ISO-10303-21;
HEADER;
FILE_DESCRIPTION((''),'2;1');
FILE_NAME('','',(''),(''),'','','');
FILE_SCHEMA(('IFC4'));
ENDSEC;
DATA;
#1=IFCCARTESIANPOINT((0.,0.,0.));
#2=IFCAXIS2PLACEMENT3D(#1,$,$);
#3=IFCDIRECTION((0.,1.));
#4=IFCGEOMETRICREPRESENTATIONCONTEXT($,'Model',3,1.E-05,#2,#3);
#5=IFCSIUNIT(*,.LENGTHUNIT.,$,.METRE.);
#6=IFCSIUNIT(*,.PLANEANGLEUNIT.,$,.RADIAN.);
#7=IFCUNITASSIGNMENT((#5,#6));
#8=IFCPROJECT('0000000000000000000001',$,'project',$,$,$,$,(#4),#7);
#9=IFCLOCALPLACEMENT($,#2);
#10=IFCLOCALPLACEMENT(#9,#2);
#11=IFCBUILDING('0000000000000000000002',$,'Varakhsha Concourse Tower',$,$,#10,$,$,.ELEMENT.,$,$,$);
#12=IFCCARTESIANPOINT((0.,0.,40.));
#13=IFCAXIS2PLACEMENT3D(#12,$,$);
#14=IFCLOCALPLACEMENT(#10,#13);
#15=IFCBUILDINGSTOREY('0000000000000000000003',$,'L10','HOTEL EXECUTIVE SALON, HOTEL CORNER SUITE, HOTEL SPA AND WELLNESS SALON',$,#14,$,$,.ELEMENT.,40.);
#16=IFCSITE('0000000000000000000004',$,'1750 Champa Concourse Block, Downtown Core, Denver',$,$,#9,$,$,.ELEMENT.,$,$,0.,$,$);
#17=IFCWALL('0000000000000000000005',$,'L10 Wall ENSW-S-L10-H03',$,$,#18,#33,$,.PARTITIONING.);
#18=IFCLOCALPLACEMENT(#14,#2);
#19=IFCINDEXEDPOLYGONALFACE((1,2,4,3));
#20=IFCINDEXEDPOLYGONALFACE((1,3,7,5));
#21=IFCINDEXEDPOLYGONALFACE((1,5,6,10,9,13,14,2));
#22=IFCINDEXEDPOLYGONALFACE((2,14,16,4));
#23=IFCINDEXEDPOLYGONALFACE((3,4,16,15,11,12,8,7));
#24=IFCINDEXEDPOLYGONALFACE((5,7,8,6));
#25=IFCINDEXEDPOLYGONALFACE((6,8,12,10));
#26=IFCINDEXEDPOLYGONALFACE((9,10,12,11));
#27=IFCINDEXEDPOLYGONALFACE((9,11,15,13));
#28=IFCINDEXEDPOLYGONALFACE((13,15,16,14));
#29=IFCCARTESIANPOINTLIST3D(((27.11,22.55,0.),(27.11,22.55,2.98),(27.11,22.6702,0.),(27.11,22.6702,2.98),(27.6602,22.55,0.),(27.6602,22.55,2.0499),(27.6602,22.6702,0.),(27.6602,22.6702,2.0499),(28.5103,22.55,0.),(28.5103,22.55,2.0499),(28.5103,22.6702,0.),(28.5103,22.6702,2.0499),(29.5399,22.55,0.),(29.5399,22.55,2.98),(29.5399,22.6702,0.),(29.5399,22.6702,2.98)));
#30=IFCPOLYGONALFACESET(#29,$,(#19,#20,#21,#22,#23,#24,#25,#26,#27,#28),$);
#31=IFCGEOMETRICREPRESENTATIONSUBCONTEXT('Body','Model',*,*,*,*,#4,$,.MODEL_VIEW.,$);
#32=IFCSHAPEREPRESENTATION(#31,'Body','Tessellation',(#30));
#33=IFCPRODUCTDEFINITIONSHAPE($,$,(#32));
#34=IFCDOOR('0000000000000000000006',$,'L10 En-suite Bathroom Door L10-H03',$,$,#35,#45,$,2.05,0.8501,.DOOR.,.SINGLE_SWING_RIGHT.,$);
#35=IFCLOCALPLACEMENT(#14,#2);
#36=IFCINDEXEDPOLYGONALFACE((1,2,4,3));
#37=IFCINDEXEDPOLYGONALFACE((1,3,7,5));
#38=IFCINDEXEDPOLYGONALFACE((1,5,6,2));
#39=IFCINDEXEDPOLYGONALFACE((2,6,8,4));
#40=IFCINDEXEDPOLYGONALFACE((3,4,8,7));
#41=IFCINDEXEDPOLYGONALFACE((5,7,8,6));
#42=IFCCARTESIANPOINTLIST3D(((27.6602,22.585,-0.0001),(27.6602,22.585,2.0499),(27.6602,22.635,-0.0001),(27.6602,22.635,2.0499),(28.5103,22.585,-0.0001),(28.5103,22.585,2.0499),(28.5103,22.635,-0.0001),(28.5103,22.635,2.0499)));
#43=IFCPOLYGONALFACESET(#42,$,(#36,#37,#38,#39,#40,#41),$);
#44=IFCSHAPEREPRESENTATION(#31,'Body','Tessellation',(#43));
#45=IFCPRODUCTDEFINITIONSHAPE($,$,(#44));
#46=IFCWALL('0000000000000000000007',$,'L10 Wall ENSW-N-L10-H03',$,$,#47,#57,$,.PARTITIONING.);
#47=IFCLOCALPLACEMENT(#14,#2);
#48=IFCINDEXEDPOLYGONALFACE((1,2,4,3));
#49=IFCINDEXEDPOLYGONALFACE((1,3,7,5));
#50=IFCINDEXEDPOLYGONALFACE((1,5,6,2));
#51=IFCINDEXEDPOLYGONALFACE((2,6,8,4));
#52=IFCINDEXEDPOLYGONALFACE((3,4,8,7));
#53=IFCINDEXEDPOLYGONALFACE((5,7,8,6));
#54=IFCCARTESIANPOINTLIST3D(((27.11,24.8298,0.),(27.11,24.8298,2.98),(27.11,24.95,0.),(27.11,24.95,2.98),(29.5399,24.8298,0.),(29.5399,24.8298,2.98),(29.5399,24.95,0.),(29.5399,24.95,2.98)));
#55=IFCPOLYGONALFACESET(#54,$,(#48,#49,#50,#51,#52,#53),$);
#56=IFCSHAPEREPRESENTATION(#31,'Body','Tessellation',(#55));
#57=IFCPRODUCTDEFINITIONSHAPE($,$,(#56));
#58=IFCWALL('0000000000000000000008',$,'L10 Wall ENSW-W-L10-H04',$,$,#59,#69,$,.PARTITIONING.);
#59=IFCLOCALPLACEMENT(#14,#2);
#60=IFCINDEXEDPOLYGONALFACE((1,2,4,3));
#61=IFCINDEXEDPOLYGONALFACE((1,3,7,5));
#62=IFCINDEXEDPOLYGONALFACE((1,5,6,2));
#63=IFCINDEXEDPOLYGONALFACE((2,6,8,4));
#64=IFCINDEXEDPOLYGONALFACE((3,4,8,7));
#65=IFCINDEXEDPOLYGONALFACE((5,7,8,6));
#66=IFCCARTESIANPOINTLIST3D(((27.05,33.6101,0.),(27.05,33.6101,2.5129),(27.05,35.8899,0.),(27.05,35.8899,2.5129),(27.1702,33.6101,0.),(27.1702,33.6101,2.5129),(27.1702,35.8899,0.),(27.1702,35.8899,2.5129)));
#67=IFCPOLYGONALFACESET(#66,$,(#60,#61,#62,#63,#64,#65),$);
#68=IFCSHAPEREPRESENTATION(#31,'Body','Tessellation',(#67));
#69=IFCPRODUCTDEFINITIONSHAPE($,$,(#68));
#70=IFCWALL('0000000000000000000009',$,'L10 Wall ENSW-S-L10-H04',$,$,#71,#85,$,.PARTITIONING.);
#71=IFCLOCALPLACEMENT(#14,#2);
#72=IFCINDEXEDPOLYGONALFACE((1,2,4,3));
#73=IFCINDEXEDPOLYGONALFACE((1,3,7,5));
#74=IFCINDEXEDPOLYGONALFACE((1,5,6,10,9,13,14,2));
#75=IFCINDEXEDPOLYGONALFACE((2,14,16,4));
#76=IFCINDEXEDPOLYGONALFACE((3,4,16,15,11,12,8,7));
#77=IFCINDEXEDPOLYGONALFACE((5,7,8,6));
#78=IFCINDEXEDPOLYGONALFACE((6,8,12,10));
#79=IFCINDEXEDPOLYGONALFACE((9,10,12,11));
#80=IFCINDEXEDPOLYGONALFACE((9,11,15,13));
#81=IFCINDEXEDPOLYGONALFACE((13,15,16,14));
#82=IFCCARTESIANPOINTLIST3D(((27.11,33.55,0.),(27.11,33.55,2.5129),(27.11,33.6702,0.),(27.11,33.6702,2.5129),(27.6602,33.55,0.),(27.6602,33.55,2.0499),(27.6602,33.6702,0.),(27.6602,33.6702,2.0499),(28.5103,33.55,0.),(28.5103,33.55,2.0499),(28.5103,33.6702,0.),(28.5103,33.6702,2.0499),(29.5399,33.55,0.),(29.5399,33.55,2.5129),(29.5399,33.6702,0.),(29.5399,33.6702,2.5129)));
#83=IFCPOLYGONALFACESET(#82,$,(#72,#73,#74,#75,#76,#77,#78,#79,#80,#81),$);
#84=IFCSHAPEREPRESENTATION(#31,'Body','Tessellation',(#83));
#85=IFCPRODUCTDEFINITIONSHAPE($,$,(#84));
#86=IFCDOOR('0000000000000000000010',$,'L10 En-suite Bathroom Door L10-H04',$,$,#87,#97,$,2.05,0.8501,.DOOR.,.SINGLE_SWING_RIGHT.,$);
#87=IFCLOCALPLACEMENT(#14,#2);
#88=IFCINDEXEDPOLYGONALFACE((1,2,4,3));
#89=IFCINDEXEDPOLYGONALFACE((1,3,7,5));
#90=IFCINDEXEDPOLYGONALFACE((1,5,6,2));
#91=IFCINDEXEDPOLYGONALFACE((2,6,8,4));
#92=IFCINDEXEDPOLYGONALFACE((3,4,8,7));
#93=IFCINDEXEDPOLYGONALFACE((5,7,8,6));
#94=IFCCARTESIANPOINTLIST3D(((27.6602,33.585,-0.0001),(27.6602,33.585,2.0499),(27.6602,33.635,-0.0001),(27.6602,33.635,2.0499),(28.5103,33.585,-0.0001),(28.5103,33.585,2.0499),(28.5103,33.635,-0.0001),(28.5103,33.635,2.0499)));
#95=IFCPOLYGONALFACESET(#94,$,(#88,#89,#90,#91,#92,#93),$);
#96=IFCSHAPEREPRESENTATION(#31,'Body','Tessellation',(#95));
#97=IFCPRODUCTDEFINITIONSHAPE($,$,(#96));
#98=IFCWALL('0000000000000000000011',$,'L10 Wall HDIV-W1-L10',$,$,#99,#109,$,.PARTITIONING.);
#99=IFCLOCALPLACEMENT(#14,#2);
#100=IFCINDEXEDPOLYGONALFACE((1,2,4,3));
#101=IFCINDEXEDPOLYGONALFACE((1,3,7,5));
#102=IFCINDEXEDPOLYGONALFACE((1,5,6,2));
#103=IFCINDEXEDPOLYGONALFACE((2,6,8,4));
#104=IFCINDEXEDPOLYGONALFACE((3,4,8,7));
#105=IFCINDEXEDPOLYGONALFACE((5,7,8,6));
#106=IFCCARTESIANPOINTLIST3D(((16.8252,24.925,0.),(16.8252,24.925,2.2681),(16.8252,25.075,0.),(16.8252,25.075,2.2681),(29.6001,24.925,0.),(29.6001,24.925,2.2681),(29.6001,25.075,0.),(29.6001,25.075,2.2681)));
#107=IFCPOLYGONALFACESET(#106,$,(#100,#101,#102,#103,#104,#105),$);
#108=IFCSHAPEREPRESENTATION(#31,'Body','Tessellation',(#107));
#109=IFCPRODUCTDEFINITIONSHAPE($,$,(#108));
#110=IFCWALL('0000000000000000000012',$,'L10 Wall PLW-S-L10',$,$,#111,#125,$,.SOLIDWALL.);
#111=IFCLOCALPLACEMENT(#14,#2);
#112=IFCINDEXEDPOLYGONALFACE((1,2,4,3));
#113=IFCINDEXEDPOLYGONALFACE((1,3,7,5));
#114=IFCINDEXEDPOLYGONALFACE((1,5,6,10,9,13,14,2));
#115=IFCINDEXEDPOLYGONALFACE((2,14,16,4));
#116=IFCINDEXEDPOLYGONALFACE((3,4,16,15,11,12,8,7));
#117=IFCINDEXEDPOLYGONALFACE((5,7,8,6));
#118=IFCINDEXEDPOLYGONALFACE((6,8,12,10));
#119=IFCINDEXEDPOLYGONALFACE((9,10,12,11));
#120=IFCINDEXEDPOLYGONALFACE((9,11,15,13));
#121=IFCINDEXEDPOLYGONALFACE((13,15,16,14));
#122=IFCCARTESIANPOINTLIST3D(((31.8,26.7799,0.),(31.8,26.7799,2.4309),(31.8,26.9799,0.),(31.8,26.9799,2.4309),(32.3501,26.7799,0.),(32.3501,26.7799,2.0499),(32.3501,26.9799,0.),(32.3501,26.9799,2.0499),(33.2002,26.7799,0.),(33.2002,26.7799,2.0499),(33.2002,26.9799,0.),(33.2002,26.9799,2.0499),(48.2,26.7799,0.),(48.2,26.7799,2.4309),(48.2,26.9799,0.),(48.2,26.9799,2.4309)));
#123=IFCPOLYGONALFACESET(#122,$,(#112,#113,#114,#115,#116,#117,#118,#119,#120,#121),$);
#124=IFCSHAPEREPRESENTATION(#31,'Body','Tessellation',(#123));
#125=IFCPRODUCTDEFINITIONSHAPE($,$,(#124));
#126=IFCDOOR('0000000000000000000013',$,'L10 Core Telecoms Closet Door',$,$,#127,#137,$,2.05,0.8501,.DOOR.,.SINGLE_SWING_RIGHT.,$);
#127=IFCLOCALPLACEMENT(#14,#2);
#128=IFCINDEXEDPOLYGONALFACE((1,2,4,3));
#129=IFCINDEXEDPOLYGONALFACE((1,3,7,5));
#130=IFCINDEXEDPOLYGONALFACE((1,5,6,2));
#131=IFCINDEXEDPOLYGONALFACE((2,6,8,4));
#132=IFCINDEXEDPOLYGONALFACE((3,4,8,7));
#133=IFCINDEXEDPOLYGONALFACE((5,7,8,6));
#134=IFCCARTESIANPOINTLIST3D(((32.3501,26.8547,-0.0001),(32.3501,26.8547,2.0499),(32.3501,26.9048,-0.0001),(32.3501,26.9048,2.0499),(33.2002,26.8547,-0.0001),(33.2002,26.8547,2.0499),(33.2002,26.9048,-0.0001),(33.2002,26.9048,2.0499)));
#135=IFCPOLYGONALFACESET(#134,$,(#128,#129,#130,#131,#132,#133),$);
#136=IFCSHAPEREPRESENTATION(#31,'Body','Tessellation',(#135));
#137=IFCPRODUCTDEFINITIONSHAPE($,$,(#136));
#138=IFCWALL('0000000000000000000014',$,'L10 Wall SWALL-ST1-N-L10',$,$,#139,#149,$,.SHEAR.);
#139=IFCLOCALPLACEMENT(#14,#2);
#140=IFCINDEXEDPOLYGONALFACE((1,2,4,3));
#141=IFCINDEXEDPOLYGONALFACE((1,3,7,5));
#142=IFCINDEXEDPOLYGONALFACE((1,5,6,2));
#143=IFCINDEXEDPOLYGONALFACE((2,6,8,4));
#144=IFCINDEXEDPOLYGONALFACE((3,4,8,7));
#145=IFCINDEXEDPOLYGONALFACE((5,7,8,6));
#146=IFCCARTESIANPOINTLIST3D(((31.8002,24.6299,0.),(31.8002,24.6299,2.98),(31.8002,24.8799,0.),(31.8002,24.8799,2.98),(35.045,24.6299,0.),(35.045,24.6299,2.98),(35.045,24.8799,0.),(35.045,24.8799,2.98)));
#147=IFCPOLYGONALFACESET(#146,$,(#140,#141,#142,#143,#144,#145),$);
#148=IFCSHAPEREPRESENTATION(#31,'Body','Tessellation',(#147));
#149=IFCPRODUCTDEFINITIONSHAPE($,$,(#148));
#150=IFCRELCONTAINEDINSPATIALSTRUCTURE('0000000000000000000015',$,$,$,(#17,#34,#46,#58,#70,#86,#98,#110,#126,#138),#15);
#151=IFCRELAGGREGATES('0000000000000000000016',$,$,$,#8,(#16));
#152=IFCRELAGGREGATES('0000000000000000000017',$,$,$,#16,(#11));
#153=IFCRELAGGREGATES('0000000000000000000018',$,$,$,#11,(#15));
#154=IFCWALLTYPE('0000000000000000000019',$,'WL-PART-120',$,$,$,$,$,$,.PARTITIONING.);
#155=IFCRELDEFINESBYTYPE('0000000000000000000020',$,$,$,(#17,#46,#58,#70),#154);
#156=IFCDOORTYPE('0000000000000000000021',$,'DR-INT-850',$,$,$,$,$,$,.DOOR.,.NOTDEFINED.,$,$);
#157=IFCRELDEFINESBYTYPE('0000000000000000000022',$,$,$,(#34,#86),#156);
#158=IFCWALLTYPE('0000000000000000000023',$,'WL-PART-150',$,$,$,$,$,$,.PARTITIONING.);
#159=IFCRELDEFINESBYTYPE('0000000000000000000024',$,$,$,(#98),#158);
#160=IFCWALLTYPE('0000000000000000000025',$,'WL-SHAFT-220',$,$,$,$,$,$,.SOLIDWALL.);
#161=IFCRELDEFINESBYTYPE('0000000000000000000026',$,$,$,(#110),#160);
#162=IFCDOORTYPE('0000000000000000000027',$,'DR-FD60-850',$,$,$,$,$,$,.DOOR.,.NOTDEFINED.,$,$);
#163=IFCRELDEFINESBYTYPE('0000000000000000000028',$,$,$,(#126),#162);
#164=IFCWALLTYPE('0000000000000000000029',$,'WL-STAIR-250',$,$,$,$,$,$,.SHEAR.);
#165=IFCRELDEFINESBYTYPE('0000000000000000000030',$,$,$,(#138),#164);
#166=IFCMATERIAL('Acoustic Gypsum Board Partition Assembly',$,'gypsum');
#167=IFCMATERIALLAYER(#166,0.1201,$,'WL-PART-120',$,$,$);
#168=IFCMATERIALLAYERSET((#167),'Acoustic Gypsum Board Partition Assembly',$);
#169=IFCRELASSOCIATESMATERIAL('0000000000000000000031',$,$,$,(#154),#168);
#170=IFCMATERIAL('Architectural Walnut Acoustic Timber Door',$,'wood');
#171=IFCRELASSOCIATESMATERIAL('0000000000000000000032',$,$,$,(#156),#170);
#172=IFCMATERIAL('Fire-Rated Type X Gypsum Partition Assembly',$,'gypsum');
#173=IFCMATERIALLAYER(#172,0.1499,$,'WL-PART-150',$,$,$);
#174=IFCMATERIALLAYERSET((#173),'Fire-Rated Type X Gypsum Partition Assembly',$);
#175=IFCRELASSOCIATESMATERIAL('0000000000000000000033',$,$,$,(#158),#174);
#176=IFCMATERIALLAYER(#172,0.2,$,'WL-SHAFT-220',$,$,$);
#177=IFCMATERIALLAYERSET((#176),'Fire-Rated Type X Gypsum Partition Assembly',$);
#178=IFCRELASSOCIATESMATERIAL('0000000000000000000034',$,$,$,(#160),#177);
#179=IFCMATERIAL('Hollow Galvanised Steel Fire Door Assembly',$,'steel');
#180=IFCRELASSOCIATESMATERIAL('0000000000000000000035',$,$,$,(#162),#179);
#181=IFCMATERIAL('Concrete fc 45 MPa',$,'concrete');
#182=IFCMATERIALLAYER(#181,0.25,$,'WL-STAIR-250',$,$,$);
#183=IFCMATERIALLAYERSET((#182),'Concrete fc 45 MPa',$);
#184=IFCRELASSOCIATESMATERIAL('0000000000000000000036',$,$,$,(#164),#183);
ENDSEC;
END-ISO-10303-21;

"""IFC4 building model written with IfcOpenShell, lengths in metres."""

from ifc_helpers import new_model, si_unit, direction, frame, frame_2d, origin, place, context, subcontext, project, spatial, rectangle, extrude, material, layer, layer_set, type_object, element, fill, save


model = new_model("IFC4")

# Units and contexts
model_context = context("Model", 3, precision=1e-05, world=origin(), true_north=direction((0.0, 1.0)))
body_context = subcontext(model_context, "Body", "Model", "MODEL_VIEW")
ifc_project = project(units=[si_unit("LENGTHUNIT", "METRE"), si_unit("PLANEANGLEUNIT", "RADIAN")], contexts=[model_context])

# Site, building, storey
site_placement = place(None, origin())
site = spatial("IfcSite", under=ifc_project, at=site_placement, Name="1750 Champa Concourse Block, Downtown Core, Denver", CompositionType="ELEMENT", RefElevation=0.0)
building_placement = place(site_placement, origin())
building = spatial("IfcBuilding", under=site, at=building_placement, Name="Varakhsha Concourse Tower", CompositionType="ELEMENT")
storey_placement = place(building_placement, frame((0.0, 0.0, 40.0)))
storey = spatial("IfcBuildingStorey", under=building, at=storey_placement, Name="L10", Description="HOTEL EXECUTIVE SALON, HOTEL CORNER SUITE, HOTEL SPA AND WELLNESS SALON", CompositionType="ELEMENT", Elevation=40.0)

# Shared definitions
ifc_material_1 = material(Name="Acoustic Gypsum Board Partition Assembly", Category="gypsum")
ifc_layer_1 = layer(ifc_material_1, 0.1201, Name="WL-PART-120")
ifc_layer_set_1 = layer_set([ifc_layer_1], Name="Acoustic Gypsum Board Partition Assembly")
wall_type_1 = type_object("IfcWallType", Name="WL-PART-120", PredefinedType="PARTITIONING", material=ifc_layer_set_1)

# Wall, opening, door
wall_1_placement = place(storey_placement, frame((27.1101, 22.6101, 0.0), z_axis=(0.0, 0.0, 1.0), x_axis=(1.0, 0.0, 0.0)))
wall_1 = element("IfcWall", 1, at=wall_1_placement, inside=storey, type_object=wall_type_1, Name="L10 Wall ENSW-S-L10-H03", PredefinedType="PARTITIONING", context=body_context, shape_type="SweptSolid", body=[
    extrude(rectangle(XDim=2.4299, YDim=0.1201, at=frame_2d((1.2148, 0.0))), origin(), (0.0, 0.0, 1.0), 2.98),
])
opening_1_placement = place(wall_1_placement, frame((0.55, 0.0, 0.0)))
opening_1 = element("IfcOpeningElement", 2, at=opening_1_placement, cuts=wall_1, PredefinedType="OPENING", context=body_context, shape_type="SweptSolid", body=[
    extrude(rectangle(XDim=0.8501, YDim=2.05, at=frame_2d((0.425, 1.0249))), frame((0.0, 0.0701, 0.0), z_axis=(0.0, -1.0, 0.0), x_axis=(1.0, 0.0, 0.0)), (0.0, 0.0, 1.0), 0.1401),
])
ifc_material_2 = material(Name="Architectural Walnut Acoustic Timber Door", Category="wood")
door_type_1 = type_object("IfcDoorType", Name="DR-INT-850", OperationType="NOTDEFINED", PredefinedType="DOOR", material=ifc_material_2)
door_1_placement = place(opening_1_placement, origin())
door_1 = element("IfcDoor", 3, at=door_1_placement, inside=storey, type_object=door_type_1, Name="L10 En-suite Bathroom Door L10-H03", OperationType="SINGLE_SWING_RIGHT", OverallHeight=2.05, OverallWidth=0.8501, PredefinedType="DOOR", context=body_context, shape_type="SweptSolid", body=[
    extrude(rectangle(XDim=0.8501, YDim=2.05, at=frame_2d((0.425, 1.0249))), frame((0.0, 0.0249, 0.0), z_axis=(0.0, -1.0, 0.0), x_axis=(1.0, 0.0, 0.0)), (0.0, 0.0, 1.0), 0.05),
])
fill(opening_1, door_1)

# Walls
wall_2_placement = place(storey_placement, frame((27.1101, 24.8899, 0.0), z_axis=(0.0, 0.0, 1.0), x_axis=(1.0, 0.0, 0.0)))
element("IfcWall", 4, at=wall_2_placement, inside=storey, type_object=wall_type_1, Name="L10 Wall ENSW-N-L10-H03", PredefinedType="PARTITIONING", context=body_context, shape_type="SweptSolid", body=[
    extrude(rectangle(XDim=2.4299, YDim=0.1201, at=frame_2d((1.2148, 0.0))), origin(), (0.0, 0.0, 1.0), 2.98),
])
wall_3_placement = place(storey_placement, frame((27.1101, 33.6101, 0.0), z_axis=(0.0, 0.0, 1.0), x_axis=(0.0, 1.0, 0.0)))
element("IfcWall", 5, at=wall_3_placement, inside=storey, type_object=wall_type_1, Name="L10 Wall ENSW-W-L10-H04", PredefinedType="PARTITIONING", context=body_context, shape_type="SweptSolid", body=[
    extrude(rectangle(XDim=2.2798, YDim=0.1201, at=frame_2d((1.1399, 0.0))), origin(), (0.0, 0.0, 1.0), 2.5129),
])

# Wall, opening, door
wall_4_placement = place(storey_placement, frame((27.1101, 33.6101, 0.0), z_axis=(0.0, 0.0, 1.0), x_axis=(1.0, 0.0, 0.0)))
wall_4 = element("IfcWall", 6, at=wall_4_placement, inside=storey, type_object=wall_type_1, Name="L10 Wall ENSW-S-L10-H04", PredefinedType="PARTITIONING", context=body_context, shape_type="SweptSolid", body=[
    extrude(rectangle(XDim=2.4299, YDim=0.1201, at=frame_2d((1.2148, 0.0))), origin(), (0.0, 0.0, 1.0), 2.5129),
])
opening_2_placement = place(wall_4_placement, frame((0.55, 0.0, 0.0)))
opening_2 = element("IfcOpeningElement", 7, at=opening_2_placement, cuts=wall_4, PredefinedType="OPENING", context=body_context, shape_type="SweptSolid", body=[
    extrude(rectangle(XDim=0.8501, YDim=2.05, at=frame_2d((0.425, 1.0249))), frame((0.0, 0.0701, 0.0), z_axis=(0.0, -1.0, 0.0), x_axis=(1.0, 0.0, 0.0)), (0.0, 0.0, 1.0), 0.1401),
])
door_2_placement = place(opening_2_placement, origin())
door_2 = element("IfcDoor", 8, at=door_2_placement, inside=storey, type_object=door_type_1, Name="L10 En-suite Bathroom Door L10-H04", OperationType="SINGLE_SWING_RIGHT", OverallHeight=2.05, OverallWidth=0.8501, PredefinedType="DOOR", context=body_context, shape_type="SweptSolid", body=[
    extrude(rectangle(XDim=0.8501, YDim=2.05, at=frame_2d((0.425, 1.0249))), frame((0.0, 0.0249, 0.0), z_axis=(0.0, -1.0, 0.0), x_axis=(1.0, 0.0, 0.0)), (0.0, 0.0, 1.0), 0.05),
])
fill(opening_2, door_2)

# Wall
ifc_material_3 = material(Name="Fire-Rated Type X Gypsum Partition Assembly", Category="gypsum")
ifc_layer_2 = layer(ifc_material_3, 0.1499, Name="WL-PART-150")
ifc_layer_set_2 = layer_set([ifc_layer_2], Name="Fire-Rated Type X Gypsum Partition Assembly")
wall_type_2 = type_object("IfcWallType", Name="WL-PART-150", PredefinedType="PARTITIONING", material=ifc_layer_set_2)
wall_5_placement = place(storey_placement, frame((16.8252, 25.0, 0.0), z_axis=(0.0, 0.0, 1.0), x_axis=(1.0, 0.0, 0.0)))
element("IfcWall", 9, at=wall_5_placement, inside=storey, type_object=wall_type_2, Name="L10 Wall HDIV-W1-L10", PredefinedType="PARTITIONING", context=body_context, shape_type="SweptSolid", body=[
    extrude(rectangle(XDim=12.7749, YDim=0.1499, at=frame_2d((6.3875, 0.0))), origin(), (0.0, 0.0, 1.0), 2.2681),
])

# Wall, opening, door
ifc_layer_3 = layer(ifc_material_3, 0.2, Name="WL-SHAFT-220")
ifc_layer_set_3 = layer_set([ifc_layer_3], Name="Fire-Rated Type X Gypsum Partition Assembly")
wall_type_3 = type_object("IfcWallType", Name="WL-SHAFT-220", PredefinedType="SOLIDWALL", material=ifc_layer_set_3)
wall_6_placement = place(storey_placement, frame((31.8, 26.8799, 0.0), z_axis=(0.0, 0.0, 1.0), x_axis=(1.0, 0.0, 0.0)))
wall_6 = element("IfcWall", 10, at=wall_6_placement, inside=storey, type_object=wall_type_3, Name="L10 Wall PLW-S-L10", PredefinedType="SOLIDWALL", context=body_context, shape_type="SweptSolid", body=[
    extrude(rectangle(XDim=16.3999, YDim=0.2, at=frame_2d((8.2, 0.0))), origin(), (0.0, 0.0, 1.0), 2.4309),
])
opening_3_placement = place(wall_6_placement, frame((0.55, 0.0, 0.0)))
opening_3 = element("IfcOpeningElement", 11, at=opening_3_placement, cuts=wall_6, PredefinedType="OPENING", context=body_context, shape_type="SweptSolid", body=[
    extrude(rectangle(XDim=0.8501, YDim=2.05, at=frame_2d((0.425, 1.0249))), frame((0.0, 0.1099, 0.0), z_axis=(0.0, -1.0, 0.0), x_axis=(1.0, 0.0, 0.0)), (0.0, 0.0, 1.0), 0.22),
])
ifc_material_4 = material(Name="Hollow Galvanised Steel Fire Door Assembly", Category="steel")
door_type_2 = type_object("IfcDoorType", Name="DR-FD60-850", OperationType="NOTDEFINED", PredefinedType="DOOR", material=ifc_material_4)
door_3_placement = place(opening_3_placement, origin())
door_3 = element("IfcDoor", 12, at=door_3_placement, inside=storey, type_object=door_type_2, Name="L10 Core Telecoms Closet Door", OperationType="SINGLE_SWING_RIGHT", OverallHeight=2.05, OverallWidth=0.8501, PredefinedType="DOOR", context=body_context, shape_type="SweptSolid", body=[
    extrude(rectangle(XDim=0.8501, YDim=2.05, at=frame_2d((0.425, 1.0249))), frame((0.0, 0.0249, 0.0), z_axis=(0.0, -1.0, 0.0), x_axis=(1.0, 0.0, 0.0)), (0.0, 0.0, 1.0), 0.05),
])
fill(opening_3, door_3)

# Wall
ifc_material_5 = material(Name="Concrete fc 45 MPa", Category="concrete")
ifc_layer_4 = layer(ifc_material_5, 0.25, Name="WL-STAIR-250")
ifc_layer_set_4 = layer_set([ifc_layer_4], Name="Concrete fc 45 MPa")
wall_type_4 = type_object("IfcWallType", Name="WL-STAIR-250", PredefinedType="SHEAR", material=ifc_layer_set_4)
wall_7_placement = place(storey_placement, frame((31.8, 24.7549, 0.0), z_axis=(0.0, 0.0, 1.0), x_axis=(1.0, 0.0, 0.0)))
element("IfcWall", 13, at=wall_7_placement, inside=storey, type_object=wall_type_4, Name="L10 Wall SWALL-ST1-N-L10", PredefinedType="SHEAR", context=body_context, shape_type="SweptSolid", body=[
    extrude(rectangle(XDim=3.2449, YDim=0.25, at=frame_2d((1.6226, 0.0))), origin(), (0.0, 0.0, 1.0), 2.98),
])

save(model, "model.ifc")
